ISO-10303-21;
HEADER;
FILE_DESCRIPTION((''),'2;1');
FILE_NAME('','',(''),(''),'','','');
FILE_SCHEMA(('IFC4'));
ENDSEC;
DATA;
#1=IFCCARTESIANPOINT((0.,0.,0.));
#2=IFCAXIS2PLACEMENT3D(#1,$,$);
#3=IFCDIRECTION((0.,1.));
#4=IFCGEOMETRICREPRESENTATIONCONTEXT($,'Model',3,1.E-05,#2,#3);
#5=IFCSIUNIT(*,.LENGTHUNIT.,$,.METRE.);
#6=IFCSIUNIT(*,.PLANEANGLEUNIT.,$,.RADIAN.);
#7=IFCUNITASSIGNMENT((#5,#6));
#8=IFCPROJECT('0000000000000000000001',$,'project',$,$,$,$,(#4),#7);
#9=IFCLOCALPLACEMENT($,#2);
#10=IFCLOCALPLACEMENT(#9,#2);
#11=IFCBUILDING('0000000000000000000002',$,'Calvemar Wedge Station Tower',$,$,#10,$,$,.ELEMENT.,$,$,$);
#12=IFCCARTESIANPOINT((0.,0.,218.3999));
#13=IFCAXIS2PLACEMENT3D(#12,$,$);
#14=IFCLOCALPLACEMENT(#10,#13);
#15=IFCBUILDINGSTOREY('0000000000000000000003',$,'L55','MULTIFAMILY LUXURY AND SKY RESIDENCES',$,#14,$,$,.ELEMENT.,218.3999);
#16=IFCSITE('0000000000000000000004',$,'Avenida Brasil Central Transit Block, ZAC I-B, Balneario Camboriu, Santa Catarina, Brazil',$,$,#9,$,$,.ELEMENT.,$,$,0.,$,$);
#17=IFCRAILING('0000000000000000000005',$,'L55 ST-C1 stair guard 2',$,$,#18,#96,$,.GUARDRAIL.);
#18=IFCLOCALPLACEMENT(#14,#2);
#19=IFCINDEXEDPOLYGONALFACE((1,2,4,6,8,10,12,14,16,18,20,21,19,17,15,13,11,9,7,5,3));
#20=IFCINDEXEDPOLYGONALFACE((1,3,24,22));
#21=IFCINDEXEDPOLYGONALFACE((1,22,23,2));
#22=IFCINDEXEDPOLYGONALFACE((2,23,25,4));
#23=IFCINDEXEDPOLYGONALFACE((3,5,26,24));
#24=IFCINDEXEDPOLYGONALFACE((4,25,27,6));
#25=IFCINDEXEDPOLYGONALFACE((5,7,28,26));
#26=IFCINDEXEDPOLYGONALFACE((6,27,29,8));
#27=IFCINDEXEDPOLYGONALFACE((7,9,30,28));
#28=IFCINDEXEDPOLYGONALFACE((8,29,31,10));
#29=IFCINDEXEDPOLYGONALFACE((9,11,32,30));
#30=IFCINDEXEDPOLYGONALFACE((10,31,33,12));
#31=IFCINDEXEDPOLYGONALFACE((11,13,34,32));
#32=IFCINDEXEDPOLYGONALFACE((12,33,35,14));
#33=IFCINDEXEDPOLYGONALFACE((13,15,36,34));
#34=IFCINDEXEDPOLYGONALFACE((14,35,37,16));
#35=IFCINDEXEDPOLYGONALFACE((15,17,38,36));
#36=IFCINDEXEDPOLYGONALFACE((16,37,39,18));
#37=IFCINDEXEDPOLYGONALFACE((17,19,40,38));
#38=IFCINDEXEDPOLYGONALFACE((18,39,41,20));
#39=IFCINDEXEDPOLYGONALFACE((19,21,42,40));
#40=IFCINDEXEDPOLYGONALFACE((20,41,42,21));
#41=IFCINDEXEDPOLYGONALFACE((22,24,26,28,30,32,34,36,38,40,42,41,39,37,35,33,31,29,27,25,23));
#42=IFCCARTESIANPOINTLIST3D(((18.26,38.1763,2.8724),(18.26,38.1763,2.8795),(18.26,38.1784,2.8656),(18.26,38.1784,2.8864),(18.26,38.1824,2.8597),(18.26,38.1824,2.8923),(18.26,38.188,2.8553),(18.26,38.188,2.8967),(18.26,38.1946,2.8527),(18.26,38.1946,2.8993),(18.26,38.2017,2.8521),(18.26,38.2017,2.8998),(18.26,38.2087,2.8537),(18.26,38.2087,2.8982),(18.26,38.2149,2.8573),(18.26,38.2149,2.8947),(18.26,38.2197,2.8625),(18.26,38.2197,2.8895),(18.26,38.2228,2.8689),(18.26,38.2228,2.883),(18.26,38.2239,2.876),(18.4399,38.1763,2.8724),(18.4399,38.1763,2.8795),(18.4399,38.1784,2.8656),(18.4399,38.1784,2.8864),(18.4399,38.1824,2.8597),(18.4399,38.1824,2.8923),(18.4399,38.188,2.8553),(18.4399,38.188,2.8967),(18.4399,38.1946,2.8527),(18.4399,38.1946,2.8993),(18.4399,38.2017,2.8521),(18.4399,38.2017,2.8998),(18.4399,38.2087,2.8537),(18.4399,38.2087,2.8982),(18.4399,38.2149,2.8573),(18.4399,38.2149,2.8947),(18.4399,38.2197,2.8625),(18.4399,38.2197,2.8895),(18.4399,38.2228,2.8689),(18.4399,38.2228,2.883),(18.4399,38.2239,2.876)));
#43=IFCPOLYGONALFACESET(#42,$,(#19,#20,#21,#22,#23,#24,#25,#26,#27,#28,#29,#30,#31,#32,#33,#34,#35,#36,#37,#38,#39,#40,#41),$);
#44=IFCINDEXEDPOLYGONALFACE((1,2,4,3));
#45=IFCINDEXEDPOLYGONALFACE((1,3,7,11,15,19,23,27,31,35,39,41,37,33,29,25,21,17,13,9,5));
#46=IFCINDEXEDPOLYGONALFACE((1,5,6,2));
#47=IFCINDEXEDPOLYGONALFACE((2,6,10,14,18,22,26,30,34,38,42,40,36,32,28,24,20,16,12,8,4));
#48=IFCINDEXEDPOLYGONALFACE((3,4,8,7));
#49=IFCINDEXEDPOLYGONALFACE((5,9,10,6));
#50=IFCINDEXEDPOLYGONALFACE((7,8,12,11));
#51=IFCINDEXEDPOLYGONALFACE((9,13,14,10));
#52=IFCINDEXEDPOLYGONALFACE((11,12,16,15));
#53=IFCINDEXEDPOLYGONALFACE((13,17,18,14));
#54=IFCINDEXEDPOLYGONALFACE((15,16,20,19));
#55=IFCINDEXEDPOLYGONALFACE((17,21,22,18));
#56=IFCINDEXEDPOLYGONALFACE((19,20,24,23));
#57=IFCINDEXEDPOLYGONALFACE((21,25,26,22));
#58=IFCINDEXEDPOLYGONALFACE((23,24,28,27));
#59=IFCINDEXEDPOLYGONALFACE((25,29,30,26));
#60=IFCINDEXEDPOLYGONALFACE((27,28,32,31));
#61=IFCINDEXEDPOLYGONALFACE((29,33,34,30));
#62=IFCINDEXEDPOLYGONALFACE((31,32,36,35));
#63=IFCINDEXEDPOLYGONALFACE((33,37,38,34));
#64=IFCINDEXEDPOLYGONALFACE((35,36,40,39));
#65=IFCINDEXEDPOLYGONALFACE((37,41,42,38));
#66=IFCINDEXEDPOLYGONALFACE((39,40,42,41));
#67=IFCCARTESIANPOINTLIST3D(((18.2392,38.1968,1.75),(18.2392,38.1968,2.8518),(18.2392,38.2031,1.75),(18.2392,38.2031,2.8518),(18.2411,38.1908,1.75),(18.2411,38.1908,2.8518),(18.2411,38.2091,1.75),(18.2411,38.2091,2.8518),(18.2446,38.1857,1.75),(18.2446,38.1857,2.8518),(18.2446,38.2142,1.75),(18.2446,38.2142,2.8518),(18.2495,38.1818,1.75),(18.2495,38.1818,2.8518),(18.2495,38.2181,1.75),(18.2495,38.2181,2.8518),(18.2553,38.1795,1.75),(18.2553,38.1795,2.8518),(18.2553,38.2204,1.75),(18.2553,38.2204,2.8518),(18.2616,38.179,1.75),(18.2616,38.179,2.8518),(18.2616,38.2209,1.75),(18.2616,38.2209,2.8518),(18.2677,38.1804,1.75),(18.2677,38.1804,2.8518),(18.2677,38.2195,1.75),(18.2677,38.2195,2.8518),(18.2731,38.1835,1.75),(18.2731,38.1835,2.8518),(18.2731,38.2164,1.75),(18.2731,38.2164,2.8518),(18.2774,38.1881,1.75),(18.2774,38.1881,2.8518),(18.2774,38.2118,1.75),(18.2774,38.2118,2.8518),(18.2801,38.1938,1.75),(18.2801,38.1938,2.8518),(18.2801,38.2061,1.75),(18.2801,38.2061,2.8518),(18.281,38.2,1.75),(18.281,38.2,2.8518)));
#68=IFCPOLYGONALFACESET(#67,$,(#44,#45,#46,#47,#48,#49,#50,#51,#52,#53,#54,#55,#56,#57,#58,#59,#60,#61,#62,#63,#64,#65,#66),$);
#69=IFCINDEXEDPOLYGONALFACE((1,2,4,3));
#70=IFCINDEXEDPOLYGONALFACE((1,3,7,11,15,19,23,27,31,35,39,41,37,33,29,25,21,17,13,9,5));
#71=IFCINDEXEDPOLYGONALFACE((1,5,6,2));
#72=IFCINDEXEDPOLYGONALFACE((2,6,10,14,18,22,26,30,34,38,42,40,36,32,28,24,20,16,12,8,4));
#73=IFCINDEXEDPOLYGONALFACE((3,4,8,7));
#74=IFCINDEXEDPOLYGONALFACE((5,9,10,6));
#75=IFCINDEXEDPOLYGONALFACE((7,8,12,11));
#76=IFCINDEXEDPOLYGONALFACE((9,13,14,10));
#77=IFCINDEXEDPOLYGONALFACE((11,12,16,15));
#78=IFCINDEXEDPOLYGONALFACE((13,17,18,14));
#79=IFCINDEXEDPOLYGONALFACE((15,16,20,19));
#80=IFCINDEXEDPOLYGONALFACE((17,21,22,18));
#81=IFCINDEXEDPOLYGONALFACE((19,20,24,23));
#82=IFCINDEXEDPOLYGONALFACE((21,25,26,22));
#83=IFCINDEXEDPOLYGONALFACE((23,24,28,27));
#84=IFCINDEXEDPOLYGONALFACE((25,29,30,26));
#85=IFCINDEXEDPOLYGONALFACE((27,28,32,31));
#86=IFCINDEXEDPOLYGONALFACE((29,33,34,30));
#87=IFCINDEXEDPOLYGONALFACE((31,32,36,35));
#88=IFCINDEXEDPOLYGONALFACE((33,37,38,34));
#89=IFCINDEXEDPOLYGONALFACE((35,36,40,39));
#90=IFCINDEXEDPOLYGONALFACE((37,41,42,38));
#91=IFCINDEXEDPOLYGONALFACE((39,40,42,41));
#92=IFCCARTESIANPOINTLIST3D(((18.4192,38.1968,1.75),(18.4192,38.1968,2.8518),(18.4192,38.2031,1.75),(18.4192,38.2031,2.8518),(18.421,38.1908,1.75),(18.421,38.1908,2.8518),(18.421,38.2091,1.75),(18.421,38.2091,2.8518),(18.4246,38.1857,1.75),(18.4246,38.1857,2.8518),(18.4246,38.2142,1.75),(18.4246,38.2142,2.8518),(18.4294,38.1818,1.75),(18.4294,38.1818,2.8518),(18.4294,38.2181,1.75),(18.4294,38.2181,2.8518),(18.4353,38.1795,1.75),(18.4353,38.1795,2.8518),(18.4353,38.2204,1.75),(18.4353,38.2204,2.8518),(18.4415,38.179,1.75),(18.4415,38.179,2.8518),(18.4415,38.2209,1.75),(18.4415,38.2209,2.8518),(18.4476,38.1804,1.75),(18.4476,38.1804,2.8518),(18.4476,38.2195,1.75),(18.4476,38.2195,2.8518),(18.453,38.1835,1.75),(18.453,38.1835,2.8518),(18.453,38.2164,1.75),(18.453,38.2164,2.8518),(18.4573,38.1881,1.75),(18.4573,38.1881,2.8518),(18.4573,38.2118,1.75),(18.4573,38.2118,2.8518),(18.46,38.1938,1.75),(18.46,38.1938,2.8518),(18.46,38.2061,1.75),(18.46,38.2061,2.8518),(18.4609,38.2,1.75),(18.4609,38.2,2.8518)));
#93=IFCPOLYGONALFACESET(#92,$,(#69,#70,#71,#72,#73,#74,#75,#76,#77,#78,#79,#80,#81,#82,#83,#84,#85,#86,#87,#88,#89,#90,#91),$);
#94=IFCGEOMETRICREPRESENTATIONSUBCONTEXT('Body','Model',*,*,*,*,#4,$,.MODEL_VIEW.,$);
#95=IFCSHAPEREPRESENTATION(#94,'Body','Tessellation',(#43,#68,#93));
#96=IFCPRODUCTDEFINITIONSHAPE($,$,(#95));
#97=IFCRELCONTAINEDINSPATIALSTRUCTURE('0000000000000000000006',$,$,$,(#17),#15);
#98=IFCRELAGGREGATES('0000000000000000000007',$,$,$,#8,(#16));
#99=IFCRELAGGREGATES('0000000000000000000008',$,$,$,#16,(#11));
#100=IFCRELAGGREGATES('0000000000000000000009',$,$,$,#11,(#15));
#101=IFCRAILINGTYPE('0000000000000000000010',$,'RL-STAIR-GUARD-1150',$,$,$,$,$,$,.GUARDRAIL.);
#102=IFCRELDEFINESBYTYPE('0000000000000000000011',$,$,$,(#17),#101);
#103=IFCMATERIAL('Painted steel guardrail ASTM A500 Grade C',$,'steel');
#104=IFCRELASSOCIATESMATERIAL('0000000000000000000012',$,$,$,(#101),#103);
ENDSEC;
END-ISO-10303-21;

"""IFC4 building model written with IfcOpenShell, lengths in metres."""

from ifc_helpers import new_model, si_unit, direction, frame, origin, origin_2d, place, context, subcontext, project, spatial, circle, extrude, material, type_object, element, save


model = new_model("IFC4")

# Units and contexts
model_context = context("Model", 3, precision=1e-05, world=origin(), true_north=direction((0.0, 1.0)))
body_context = subcontext(model_context, "Body", "Model", "MODEL_VIEW")
ifc_project = project(units=[si_unit("LENGTHUNIT", "METRE"), si_unit("PLANEANGLEUNIT", "RADIAN")], contexts=[model_context])

# Site, building, storey
site_placement = place(None, origin())
site = spatial("IfcSite", under=ifc_project, at=site_placement, Name="Avenida Brasil Central Transit Block, ZAC I-B, Balneario Camboriu, Santa Catarina, Brazil", CompositionType="ELEMENT", RefElevation=0.0)
building_placement = place(site_placement, origin())
building = spatial("IfcBuilding", under=site, at=building_placement, Name="Calvemar Wedge Station Tower", CompositionType="ELEMENT")
storey_placement = place(building_placement, frame((0.0, 0.0, 218.3999)))
storey = spatial("IfcBuildingStorey", under=building, at=storey_placement, Name="L55", Description="MULTIFAMILY LUXURY AND SKY RESIDENCES", CompositionType="ELEMENT", Elevation=218.3999)

# Railing
ifc_material_1 = material(Name="Painted steel guardrail ASTM A500 Grade C", Category="steel")
railing_type_1 = type_object("IfcRailingType", Name="RL-STAIR-GUARD-1150", PredefinedType="GUARDRAIL", material=ifc_material_1)
railing_1_placement = place(storey_placement, frame((18.26, 38.2, 1.75)))
element("IfcRailing", 1, at=railing_1_placement, inside=storey, type_object=railing_type_1, Name="L55 ST-C1 stair guard 2", PredefinedType="GUARDRAIL", context=body_context, shape_type="SweptSolid", body=[
    extrude(circle(Radius=0.0239, at=origin_2d()), frame((0.0, 0.0, 1.126), z_axis=(1.0, 0.0, 0.0), x_axis=(0.0, 1.0, 0.0)), (0.0, 0.0, 1.0), 0.1799),
    extrude(circle(Radius=0.021, at=origin_2d()), origin(), (0.0, 0.0, 1.0), 1.1018),
    extrude(circle(Radius=0.021, at=origin_2d()), frame((0.1799, 0.0, 0.0)), (0.0, 0.0, 1.0), 1.1018),
])

save(model, "model.ifc")
